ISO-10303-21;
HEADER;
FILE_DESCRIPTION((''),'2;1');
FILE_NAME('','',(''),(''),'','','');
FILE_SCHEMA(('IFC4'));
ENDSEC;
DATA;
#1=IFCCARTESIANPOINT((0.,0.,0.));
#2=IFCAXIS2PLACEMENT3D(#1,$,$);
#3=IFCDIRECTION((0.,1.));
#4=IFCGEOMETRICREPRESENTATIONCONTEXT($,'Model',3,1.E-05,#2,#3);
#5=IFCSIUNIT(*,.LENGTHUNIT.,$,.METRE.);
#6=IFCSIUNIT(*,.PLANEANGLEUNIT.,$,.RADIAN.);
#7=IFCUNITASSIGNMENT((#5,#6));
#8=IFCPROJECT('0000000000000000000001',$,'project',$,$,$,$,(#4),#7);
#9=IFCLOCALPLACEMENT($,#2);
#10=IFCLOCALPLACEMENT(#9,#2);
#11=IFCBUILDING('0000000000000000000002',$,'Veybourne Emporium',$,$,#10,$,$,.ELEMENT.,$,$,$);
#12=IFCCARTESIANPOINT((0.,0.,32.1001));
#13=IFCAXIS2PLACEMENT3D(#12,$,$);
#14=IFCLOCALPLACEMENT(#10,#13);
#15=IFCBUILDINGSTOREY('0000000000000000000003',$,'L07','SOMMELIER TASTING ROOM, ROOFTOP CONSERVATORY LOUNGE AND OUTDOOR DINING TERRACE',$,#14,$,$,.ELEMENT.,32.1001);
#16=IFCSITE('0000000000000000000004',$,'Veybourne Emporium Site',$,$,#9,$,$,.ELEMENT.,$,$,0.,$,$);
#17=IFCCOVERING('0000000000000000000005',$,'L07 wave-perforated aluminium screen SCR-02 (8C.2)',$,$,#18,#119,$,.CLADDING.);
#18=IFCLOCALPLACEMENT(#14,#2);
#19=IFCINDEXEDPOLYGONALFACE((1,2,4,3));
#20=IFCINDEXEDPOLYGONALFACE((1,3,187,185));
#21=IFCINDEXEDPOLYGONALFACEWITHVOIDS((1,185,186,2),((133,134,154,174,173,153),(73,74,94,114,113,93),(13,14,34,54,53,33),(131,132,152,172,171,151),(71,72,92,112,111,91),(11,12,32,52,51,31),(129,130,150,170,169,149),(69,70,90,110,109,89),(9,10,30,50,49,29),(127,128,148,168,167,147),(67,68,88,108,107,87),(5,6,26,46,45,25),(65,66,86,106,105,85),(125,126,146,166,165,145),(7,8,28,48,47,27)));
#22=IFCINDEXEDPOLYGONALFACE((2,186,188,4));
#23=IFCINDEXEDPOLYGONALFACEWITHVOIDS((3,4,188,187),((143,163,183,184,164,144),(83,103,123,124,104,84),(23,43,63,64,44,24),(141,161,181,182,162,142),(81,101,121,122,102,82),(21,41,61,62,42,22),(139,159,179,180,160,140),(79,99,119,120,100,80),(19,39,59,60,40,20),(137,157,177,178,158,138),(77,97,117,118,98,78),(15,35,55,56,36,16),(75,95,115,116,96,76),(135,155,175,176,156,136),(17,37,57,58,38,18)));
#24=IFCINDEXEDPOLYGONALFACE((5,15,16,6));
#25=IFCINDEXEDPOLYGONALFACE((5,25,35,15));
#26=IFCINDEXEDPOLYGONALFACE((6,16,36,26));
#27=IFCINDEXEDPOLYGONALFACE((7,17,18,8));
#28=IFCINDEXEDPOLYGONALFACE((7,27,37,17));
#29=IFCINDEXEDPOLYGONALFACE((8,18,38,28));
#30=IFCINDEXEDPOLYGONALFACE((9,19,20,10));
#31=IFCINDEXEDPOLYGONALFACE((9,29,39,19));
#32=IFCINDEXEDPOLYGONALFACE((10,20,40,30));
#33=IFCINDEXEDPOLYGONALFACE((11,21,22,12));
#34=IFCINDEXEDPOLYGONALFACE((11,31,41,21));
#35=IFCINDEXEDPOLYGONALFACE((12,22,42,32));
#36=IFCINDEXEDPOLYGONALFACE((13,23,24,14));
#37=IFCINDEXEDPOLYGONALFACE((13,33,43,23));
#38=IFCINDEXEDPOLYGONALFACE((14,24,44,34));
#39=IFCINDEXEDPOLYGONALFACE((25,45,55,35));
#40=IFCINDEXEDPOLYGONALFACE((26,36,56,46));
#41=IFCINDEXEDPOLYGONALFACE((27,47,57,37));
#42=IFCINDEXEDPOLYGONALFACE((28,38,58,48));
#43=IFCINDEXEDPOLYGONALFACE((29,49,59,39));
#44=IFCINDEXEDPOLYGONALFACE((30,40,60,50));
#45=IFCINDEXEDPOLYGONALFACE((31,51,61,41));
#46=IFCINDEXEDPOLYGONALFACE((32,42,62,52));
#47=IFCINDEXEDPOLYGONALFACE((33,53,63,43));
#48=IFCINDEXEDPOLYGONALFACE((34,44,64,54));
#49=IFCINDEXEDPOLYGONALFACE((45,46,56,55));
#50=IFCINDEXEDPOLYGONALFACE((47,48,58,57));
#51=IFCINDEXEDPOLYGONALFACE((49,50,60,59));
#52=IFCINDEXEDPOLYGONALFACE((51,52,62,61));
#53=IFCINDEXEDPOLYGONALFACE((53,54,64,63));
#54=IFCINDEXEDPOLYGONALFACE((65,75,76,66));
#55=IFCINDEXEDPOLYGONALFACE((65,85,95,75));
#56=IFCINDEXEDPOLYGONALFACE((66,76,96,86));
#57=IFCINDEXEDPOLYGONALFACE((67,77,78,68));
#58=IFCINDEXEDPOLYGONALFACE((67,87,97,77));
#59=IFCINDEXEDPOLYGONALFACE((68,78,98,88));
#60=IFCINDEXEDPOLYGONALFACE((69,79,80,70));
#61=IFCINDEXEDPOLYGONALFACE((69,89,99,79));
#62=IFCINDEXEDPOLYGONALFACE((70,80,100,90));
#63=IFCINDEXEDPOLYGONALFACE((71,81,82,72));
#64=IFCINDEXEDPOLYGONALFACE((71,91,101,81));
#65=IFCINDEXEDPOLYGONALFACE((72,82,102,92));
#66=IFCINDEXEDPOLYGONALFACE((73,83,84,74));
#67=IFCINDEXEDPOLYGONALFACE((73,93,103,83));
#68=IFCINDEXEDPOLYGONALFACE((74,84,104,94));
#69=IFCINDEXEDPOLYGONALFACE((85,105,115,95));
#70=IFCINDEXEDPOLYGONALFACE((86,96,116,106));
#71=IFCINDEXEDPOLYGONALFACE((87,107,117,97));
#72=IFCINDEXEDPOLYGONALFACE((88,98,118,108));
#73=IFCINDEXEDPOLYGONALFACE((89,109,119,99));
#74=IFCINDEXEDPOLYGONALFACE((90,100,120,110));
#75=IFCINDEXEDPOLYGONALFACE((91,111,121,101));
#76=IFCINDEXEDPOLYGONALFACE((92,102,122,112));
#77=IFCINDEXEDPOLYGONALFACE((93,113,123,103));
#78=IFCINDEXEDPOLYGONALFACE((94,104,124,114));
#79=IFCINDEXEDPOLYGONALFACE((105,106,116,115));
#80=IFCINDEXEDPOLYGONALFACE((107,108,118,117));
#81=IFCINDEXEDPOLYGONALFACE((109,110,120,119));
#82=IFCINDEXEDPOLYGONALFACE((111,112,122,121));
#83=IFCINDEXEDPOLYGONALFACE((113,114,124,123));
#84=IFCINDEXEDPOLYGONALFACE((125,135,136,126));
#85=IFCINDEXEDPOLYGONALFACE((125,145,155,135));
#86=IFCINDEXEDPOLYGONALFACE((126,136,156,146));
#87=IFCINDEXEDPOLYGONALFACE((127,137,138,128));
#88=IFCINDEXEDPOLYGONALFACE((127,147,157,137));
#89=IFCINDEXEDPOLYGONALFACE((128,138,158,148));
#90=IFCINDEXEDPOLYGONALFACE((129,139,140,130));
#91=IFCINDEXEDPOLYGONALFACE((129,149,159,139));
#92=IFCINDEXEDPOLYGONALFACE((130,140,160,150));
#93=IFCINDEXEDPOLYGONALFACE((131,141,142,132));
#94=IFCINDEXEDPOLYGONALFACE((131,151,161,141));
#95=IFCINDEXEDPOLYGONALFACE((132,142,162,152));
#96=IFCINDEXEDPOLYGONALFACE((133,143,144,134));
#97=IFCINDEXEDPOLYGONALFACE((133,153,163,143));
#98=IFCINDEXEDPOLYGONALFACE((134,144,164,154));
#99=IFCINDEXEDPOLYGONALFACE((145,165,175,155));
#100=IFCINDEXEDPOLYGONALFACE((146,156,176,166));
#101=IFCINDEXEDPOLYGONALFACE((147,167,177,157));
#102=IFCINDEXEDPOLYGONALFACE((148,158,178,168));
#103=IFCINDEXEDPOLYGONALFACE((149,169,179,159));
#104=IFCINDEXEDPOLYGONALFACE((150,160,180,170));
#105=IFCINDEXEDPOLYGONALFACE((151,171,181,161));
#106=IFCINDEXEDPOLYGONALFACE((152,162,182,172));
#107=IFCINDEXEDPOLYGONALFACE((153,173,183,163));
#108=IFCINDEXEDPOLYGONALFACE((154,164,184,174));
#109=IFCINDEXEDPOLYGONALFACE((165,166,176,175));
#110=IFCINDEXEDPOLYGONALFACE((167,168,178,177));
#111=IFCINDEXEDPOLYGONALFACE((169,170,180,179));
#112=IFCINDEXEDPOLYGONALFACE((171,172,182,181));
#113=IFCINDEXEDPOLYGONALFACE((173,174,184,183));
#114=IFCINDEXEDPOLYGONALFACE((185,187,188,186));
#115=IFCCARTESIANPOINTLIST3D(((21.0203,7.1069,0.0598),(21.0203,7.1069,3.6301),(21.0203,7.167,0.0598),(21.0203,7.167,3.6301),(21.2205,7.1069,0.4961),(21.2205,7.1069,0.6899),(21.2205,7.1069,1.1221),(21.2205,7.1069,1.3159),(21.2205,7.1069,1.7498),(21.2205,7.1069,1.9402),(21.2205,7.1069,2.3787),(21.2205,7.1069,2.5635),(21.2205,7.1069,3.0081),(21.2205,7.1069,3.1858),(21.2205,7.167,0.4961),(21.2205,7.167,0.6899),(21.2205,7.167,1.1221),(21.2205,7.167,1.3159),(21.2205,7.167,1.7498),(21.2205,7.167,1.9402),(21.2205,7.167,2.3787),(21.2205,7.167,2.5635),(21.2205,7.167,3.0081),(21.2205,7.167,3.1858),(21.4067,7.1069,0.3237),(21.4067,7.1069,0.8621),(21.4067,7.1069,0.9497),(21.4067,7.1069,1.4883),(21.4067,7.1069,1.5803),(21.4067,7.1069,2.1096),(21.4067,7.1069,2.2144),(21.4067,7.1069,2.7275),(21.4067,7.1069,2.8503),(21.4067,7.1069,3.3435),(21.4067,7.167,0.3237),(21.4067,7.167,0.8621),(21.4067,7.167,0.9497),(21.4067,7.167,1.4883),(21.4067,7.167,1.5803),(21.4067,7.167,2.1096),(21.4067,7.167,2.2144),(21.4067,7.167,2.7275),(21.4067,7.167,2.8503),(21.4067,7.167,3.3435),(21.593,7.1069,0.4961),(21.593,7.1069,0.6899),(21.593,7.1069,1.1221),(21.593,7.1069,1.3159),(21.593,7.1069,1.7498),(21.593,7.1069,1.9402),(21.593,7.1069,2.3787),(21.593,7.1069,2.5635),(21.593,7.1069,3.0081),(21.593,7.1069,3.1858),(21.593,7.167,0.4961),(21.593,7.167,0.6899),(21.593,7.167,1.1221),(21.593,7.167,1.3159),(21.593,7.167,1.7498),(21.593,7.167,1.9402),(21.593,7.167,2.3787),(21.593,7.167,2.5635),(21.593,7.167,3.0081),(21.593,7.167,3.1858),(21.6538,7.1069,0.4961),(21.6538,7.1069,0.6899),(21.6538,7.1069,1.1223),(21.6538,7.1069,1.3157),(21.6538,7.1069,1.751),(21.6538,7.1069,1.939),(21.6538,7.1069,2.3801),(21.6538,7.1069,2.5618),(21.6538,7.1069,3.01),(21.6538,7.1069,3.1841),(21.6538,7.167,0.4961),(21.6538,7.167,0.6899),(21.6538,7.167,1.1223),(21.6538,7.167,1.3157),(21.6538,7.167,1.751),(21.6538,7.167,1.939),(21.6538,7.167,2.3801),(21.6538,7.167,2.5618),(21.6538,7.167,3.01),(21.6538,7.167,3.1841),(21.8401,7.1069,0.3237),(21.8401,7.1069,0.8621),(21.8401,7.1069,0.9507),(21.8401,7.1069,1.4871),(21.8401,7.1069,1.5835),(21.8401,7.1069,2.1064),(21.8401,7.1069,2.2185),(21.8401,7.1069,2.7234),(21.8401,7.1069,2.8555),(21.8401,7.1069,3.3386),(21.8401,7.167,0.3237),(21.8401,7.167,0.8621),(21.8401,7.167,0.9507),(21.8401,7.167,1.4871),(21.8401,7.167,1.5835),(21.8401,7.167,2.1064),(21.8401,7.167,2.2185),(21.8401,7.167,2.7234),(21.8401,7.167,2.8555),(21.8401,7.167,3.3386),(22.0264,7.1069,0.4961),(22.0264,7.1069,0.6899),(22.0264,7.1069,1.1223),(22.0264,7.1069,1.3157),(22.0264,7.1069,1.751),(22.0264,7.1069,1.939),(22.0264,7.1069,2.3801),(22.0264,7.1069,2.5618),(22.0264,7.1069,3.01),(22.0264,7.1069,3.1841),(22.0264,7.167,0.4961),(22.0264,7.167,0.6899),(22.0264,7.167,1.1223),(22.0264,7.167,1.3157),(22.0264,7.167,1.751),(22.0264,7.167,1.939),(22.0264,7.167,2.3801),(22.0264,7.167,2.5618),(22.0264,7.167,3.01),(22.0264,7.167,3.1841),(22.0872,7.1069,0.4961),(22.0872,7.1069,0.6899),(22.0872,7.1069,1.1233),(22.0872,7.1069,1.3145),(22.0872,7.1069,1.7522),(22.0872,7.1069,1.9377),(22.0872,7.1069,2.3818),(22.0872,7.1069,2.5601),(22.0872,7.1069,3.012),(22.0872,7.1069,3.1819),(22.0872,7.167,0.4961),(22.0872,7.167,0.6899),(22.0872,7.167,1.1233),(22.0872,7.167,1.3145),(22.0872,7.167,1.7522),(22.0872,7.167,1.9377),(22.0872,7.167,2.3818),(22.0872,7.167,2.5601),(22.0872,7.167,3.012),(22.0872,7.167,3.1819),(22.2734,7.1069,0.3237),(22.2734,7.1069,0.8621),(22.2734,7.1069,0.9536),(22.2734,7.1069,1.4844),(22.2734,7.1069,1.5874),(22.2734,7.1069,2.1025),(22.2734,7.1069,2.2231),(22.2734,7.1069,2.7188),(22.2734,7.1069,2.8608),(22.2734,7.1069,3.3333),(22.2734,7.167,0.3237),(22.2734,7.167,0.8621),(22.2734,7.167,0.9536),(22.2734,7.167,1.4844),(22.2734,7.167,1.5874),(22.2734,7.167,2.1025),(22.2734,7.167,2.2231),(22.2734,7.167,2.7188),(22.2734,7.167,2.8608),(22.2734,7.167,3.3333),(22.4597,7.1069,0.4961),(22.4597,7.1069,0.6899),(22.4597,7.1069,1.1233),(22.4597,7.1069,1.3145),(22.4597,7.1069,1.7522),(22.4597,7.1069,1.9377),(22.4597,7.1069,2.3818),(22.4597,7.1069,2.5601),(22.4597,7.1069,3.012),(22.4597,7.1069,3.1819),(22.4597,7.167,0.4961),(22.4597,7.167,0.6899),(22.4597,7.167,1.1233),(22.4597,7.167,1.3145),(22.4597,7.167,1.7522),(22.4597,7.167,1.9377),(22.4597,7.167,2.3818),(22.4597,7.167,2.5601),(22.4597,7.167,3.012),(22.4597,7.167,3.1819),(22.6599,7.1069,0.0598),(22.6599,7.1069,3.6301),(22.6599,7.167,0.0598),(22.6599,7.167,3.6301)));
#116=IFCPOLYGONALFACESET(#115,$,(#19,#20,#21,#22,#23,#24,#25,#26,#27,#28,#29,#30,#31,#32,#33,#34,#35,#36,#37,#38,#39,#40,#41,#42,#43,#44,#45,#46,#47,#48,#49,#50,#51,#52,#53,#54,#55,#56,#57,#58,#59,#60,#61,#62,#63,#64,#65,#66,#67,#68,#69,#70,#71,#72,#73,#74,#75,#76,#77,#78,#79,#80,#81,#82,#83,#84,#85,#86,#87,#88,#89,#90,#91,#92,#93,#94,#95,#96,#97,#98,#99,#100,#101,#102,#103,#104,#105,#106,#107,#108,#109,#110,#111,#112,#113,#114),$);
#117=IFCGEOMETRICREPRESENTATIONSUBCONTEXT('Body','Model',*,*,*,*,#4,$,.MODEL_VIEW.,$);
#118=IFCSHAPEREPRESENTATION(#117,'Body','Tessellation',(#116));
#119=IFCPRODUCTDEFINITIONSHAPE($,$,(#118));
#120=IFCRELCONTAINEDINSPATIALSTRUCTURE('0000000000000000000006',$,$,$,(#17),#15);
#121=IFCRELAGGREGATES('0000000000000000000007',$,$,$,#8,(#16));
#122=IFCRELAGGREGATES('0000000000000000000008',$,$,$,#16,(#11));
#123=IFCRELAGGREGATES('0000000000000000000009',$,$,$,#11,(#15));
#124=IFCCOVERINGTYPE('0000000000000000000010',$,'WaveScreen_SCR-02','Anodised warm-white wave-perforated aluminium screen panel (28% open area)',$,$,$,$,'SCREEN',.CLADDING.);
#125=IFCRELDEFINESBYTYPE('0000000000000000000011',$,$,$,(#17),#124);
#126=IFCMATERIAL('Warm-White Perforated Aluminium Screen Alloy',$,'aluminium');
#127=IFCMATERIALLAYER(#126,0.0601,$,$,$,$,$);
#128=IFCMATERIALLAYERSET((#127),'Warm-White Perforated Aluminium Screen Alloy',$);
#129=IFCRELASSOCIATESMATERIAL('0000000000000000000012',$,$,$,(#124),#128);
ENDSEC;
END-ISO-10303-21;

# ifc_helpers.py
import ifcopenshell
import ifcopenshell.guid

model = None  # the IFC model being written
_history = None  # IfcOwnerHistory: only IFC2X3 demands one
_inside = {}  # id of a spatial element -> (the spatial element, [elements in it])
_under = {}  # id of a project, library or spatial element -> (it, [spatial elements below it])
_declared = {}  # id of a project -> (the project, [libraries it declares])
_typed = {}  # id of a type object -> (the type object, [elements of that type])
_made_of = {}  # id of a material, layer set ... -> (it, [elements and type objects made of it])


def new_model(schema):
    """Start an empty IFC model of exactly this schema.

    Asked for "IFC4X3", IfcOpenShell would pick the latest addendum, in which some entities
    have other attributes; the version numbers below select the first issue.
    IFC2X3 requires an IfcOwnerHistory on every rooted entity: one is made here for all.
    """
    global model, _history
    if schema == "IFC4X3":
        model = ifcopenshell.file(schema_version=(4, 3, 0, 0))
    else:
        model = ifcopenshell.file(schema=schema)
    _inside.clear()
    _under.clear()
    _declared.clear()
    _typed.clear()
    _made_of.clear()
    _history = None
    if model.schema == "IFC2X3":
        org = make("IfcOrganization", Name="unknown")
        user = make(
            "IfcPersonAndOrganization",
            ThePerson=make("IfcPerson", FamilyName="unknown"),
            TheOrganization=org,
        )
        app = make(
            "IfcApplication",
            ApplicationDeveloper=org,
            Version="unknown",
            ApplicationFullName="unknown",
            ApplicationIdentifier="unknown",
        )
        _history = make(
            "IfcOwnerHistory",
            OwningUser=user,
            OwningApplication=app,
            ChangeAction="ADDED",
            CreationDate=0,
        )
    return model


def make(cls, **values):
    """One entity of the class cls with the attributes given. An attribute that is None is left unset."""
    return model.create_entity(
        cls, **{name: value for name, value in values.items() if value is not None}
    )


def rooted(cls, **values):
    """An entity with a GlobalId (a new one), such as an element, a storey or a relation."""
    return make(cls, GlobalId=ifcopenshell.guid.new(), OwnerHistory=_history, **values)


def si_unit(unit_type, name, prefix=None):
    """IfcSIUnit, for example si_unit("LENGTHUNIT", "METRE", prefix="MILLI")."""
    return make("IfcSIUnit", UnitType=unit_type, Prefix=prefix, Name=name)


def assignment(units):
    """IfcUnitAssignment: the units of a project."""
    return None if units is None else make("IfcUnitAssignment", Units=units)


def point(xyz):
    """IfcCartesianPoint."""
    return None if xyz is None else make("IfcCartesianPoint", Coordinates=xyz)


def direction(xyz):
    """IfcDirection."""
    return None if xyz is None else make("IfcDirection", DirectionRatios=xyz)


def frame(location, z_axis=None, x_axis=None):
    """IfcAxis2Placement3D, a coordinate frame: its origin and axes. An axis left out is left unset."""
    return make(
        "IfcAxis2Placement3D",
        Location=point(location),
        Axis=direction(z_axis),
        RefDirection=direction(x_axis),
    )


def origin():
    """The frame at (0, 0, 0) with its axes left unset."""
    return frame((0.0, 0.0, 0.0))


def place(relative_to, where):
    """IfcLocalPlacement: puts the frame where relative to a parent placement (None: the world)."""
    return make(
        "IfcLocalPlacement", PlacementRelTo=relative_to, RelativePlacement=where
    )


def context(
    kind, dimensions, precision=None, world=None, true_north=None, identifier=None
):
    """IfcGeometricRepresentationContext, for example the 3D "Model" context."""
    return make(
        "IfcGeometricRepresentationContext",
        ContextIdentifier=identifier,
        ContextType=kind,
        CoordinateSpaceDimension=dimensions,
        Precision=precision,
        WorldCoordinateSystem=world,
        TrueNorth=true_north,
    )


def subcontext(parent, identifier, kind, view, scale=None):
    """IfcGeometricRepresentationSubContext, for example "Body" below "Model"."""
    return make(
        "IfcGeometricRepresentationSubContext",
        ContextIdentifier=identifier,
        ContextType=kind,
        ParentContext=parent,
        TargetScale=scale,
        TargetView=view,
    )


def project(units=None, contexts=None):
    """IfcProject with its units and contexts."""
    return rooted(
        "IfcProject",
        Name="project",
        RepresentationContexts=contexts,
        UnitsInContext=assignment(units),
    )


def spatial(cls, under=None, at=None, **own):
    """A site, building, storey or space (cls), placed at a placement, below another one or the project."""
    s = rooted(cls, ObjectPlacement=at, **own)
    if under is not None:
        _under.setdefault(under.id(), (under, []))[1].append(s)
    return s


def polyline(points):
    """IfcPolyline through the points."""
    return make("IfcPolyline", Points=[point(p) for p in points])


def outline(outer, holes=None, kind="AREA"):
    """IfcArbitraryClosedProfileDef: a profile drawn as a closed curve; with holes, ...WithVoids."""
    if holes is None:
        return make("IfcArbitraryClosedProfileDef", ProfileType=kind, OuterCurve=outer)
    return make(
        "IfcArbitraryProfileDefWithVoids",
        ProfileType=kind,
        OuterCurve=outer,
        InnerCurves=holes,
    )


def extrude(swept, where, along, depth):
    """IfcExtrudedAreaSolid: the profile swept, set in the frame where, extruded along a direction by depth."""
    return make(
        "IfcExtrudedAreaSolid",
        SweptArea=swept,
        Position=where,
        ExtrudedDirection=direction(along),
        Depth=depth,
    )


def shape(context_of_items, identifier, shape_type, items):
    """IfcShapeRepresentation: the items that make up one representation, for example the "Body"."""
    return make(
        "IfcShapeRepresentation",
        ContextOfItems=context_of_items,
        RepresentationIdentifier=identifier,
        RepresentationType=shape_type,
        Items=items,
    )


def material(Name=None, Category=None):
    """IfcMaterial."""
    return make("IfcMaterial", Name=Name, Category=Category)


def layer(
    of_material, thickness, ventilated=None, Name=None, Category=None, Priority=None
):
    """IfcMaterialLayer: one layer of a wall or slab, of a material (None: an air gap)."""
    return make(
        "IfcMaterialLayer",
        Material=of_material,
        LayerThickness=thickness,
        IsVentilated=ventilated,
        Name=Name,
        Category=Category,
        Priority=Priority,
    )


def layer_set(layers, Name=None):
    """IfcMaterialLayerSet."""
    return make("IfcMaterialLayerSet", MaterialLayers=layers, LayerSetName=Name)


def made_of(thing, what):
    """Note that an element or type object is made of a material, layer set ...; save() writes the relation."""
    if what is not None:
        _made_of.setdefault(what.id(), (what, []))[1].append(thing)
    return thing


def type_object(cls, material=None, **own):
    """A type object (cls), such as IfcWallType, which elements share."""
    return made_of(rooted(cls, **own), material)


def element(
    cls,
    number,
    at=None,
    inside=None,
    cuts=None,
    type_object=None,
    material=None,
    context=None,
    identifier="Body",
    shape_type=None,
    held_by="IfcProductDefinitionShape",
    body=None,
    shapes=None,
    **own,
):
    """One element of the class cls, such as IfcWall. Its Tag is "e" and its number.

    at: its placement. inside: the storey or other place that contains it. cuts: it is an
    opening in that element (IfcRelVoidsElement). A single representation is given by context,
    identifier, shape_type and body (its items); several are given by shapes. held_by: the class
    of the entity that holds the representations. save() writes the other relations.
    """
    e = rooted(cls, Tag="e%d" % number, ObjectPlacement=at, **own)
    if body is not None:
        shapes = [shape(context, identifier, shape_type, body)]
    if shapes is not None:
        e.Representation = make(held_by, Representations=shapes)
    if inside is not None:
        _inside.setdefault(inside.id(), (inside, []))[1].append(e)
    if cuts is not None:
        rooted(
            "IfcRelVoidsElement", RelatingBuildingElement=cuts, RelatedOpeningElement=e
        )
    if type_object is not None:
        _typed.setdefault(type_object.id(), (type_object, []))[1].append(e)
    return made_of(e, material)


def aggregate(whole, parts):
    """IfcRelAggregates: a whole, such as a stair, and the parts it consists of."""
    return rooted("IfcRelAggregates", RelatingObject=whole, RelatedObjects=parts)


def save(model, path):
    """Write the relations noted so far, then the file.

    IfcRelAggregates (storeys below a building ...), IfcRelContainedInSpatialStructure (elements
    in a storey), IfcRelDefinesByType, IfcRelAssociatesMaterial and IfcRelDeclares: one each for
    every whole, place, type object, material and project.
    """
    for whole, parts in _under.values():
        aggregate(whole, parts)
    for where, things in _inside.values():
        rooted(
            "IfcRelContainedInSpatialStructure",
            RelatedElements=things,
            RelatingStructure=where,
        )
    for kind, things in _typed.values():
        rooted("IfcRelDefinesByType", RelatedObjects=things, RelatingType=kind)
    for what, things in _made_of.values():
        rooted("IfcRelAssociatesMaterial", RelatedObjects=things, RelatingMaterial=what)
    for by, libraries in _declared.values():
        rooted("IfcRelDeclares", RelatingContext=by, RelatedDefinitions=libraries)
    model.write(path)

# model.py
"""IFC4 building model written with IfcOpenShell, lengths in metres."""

from ifc_helpers import new_model, si_unit, direction, frame, origin, place, context, subcontext, project, spatial, polyline, outline, extrude, material, layer, layer_set, type_object, element, save


model = new_model("IFC4")

# Units and contexts
model_context = context("Model", 3, precision=1e-05, world=origin(), true_north=direction((0.0, 1.0)))
body_context = subcontext(model_context, "Body", "Model", "MODEL_VIEW")
ifc_project = project(units=[si_unit("LENGTHUNIT", "METRE"), si_unit("PLANEANGLEUNIT", "RADIAN")], contexts=[model_context])

# Site, building, storey
site_placement = place(None, origin())
site = spatial("IfcSite", under=ifc_project, at=site_placement, Name="Veybourne Emporium Site", CompositionType="ELEMENT", RefElevation=0.0)
building_placement = place(site_placement, origin())
building = spatial("IfcBuilding", under=site, at=building_placement, Name="Veybourne Emporium", CompositionType="ELEMENT")
storey_placement = place(building_placement, frame((0.0, 0.0, 32.1001)))
storey = spatial("IfcBuildingStorey", under=building, at=storey_placement, Name="L07", Description="SOMMELIER TASTING ROOM, ROOFTOP CONSERVATORY LOUNGE AND OUTDOOR DINING TERRACE", CompositionType="ELEMENT", Elevation=32.1001)

# Covering
ifc_material_1 = material(Name="Warm-White Perforated Aluminium Screen Alloy", Category="aluminium")
ifc_layer_1 = layer(ifc_material_1, 0.0601)
ifc_layer_set_1 = layer_set([ifc_layer_1], Name="Warm-White Perforated Aluminium Screen Alloy")
covering_type_1 = type_object("IfcCoveringType", Name="WaveScreen_SCR-02", Description="Anodised warm-white wave-perforated aluminium screen panel (28% open area)", ElementType="SCREEN", PredefinedType="CLADDING", material=ifc_layer_set_1)
covering_1_placement = place(storey_placement, frame((21.8401, 7.1069, 1.845), z_axis=(0.0, 1.0, 0.0), x_axis=(-1.0, 0.0, 0.0)))
element("IfcCovering", 1, at=covering_1_placement, inside=storey, type_object=covering_type_1, Name="L07 wave-perforated aluminium screen SCR-02 (8C.2)", PredefinedType="CLADDING", context=body_context, shape_type="SweptSolid", body=[
    extrude(outline(polyline([(-0.8198, -1.7852), (0.8198, -1.7852), (0.8198, 1.7852), (-0.8198, 1.7852), (-0.8198, -1.7852)]), holes=[polyline([(-0.4333, -0.9829), (-0.2471, -1.155), (-0.2471, -1.3489), (-0.4333, -1.5212), (-0.6196, -1.3489), (-0.6196, -1.155), (-0.4333, -0.9829)]), polyline([(-0.4333, -0.3606), (-0.2471, -0.5305), (-0.2471, -0.7217), (-0.4333, -0.8914), (-0.6196, -0.7217), (-0.6196, -0.5305), (-0.4333, -0.3606)]), polyline([(-0.4333, 0.2576), (-0.2471, 0.0928), (-0.2471, -0.0928), (-0.4333, -0.2576), (-0.6196, -0.0928), (-0.6196, 0.0928), (-0.4333, 0.2576)]), polyline([(-0.4333, 0.8738), (-0.2471, 0.7151), (-0.2471, 0.5369), (-0.4333, 0.3782), (-0.6196, 0.5369), (-0.6196, 0.7151), (-0.4333, 0.8738)]), polyline([(-0.4333, 1.4883), (-0.2471, 1.3369), (-0.2471, 1.167), (-0.4333, 1.0159), (-0.6196, 1.167), (-0.6196, 1.3369), (-0.4333, 1.4883)]), polyline([(0.0, -0.9829), (0.1863, -1.155), (0.1863, -1.3489), (0.0, -1.5212), (-0.1863, -1.3489), (-0.1863, -1.155), (0.0, -0.9829)]), polyline([(0.0, -0.3579), (0.1863, -0.5293), (0.1863, -0.7227), (0.0, -0.8943), (-0.1863, -0.7227), (-0.1863, -0.5293), (0.0, -0.3579)]), polyline([(0.0, 0.2615), (0.1863, 0.094), (0.1863, -0.094), (0.0, -0.2615), (-0.1863, -0.094), (-0.1863, 0.094), (0.0, 0.2615)]), polyline([(0.0, 0.8784), (0.1863, 0.7168), (0.1863, 0.5352), (0.0, 0.3735), (-0.1863, 0.5352), (-0.1863, 0.7168), (0.0, 0.8784)]), polyline([(0.0, 1.4937), (0.1863, 1.3391), (0.1863, 1.165), (0.0, 1.0105), (-0.1863, 1.165), (-0.1863, 1.3391), (0.0, 1.4937)]), polyline([(0.4333, -0.9829), (0.6196, -1.155), (0.6196, -1.3489), (0.4333, -1.5212), (0.2471, -1.3489), (0.2471, -1.155), (0.4333, -0.9829)]), polyline([(0.4333, -0.3567), (0.6196, -0.5291), (0.6196, -0.7229), (0.4333, -0.8953), (0.2471, -0.7229), (0.2471, -0.5291), (0.4333, -0.3567)]), polyline([(0.4333, 0.2646), (0.6196, 0.0952), (0.6196, -0.0952), (0.4333, -0.2646), (0.2471, -0.0952), (0.2471, 0.0952), (0.4333, 0.2646)]), polyline([(0.4333, 0.8826), (0.6196, 0.7185), (0.6196, 0.5337), (0.4333, 0.3694), (0.2471, 0.5337), (0.2471, 0.7185), (0.4333, 0.8826)]), polyline([(0.4333, 1.4985), (0.6196, 1.3408), (0.6196, 1.1631), (0.4333, 1.0054), (0.2471, 1.1631), (0.2471, 1.3408), (0.4333, 1.4985)])]), origin(), (0.0, 0.0, 1.0), 0.0601),
])

save(model, "model.ifc")
